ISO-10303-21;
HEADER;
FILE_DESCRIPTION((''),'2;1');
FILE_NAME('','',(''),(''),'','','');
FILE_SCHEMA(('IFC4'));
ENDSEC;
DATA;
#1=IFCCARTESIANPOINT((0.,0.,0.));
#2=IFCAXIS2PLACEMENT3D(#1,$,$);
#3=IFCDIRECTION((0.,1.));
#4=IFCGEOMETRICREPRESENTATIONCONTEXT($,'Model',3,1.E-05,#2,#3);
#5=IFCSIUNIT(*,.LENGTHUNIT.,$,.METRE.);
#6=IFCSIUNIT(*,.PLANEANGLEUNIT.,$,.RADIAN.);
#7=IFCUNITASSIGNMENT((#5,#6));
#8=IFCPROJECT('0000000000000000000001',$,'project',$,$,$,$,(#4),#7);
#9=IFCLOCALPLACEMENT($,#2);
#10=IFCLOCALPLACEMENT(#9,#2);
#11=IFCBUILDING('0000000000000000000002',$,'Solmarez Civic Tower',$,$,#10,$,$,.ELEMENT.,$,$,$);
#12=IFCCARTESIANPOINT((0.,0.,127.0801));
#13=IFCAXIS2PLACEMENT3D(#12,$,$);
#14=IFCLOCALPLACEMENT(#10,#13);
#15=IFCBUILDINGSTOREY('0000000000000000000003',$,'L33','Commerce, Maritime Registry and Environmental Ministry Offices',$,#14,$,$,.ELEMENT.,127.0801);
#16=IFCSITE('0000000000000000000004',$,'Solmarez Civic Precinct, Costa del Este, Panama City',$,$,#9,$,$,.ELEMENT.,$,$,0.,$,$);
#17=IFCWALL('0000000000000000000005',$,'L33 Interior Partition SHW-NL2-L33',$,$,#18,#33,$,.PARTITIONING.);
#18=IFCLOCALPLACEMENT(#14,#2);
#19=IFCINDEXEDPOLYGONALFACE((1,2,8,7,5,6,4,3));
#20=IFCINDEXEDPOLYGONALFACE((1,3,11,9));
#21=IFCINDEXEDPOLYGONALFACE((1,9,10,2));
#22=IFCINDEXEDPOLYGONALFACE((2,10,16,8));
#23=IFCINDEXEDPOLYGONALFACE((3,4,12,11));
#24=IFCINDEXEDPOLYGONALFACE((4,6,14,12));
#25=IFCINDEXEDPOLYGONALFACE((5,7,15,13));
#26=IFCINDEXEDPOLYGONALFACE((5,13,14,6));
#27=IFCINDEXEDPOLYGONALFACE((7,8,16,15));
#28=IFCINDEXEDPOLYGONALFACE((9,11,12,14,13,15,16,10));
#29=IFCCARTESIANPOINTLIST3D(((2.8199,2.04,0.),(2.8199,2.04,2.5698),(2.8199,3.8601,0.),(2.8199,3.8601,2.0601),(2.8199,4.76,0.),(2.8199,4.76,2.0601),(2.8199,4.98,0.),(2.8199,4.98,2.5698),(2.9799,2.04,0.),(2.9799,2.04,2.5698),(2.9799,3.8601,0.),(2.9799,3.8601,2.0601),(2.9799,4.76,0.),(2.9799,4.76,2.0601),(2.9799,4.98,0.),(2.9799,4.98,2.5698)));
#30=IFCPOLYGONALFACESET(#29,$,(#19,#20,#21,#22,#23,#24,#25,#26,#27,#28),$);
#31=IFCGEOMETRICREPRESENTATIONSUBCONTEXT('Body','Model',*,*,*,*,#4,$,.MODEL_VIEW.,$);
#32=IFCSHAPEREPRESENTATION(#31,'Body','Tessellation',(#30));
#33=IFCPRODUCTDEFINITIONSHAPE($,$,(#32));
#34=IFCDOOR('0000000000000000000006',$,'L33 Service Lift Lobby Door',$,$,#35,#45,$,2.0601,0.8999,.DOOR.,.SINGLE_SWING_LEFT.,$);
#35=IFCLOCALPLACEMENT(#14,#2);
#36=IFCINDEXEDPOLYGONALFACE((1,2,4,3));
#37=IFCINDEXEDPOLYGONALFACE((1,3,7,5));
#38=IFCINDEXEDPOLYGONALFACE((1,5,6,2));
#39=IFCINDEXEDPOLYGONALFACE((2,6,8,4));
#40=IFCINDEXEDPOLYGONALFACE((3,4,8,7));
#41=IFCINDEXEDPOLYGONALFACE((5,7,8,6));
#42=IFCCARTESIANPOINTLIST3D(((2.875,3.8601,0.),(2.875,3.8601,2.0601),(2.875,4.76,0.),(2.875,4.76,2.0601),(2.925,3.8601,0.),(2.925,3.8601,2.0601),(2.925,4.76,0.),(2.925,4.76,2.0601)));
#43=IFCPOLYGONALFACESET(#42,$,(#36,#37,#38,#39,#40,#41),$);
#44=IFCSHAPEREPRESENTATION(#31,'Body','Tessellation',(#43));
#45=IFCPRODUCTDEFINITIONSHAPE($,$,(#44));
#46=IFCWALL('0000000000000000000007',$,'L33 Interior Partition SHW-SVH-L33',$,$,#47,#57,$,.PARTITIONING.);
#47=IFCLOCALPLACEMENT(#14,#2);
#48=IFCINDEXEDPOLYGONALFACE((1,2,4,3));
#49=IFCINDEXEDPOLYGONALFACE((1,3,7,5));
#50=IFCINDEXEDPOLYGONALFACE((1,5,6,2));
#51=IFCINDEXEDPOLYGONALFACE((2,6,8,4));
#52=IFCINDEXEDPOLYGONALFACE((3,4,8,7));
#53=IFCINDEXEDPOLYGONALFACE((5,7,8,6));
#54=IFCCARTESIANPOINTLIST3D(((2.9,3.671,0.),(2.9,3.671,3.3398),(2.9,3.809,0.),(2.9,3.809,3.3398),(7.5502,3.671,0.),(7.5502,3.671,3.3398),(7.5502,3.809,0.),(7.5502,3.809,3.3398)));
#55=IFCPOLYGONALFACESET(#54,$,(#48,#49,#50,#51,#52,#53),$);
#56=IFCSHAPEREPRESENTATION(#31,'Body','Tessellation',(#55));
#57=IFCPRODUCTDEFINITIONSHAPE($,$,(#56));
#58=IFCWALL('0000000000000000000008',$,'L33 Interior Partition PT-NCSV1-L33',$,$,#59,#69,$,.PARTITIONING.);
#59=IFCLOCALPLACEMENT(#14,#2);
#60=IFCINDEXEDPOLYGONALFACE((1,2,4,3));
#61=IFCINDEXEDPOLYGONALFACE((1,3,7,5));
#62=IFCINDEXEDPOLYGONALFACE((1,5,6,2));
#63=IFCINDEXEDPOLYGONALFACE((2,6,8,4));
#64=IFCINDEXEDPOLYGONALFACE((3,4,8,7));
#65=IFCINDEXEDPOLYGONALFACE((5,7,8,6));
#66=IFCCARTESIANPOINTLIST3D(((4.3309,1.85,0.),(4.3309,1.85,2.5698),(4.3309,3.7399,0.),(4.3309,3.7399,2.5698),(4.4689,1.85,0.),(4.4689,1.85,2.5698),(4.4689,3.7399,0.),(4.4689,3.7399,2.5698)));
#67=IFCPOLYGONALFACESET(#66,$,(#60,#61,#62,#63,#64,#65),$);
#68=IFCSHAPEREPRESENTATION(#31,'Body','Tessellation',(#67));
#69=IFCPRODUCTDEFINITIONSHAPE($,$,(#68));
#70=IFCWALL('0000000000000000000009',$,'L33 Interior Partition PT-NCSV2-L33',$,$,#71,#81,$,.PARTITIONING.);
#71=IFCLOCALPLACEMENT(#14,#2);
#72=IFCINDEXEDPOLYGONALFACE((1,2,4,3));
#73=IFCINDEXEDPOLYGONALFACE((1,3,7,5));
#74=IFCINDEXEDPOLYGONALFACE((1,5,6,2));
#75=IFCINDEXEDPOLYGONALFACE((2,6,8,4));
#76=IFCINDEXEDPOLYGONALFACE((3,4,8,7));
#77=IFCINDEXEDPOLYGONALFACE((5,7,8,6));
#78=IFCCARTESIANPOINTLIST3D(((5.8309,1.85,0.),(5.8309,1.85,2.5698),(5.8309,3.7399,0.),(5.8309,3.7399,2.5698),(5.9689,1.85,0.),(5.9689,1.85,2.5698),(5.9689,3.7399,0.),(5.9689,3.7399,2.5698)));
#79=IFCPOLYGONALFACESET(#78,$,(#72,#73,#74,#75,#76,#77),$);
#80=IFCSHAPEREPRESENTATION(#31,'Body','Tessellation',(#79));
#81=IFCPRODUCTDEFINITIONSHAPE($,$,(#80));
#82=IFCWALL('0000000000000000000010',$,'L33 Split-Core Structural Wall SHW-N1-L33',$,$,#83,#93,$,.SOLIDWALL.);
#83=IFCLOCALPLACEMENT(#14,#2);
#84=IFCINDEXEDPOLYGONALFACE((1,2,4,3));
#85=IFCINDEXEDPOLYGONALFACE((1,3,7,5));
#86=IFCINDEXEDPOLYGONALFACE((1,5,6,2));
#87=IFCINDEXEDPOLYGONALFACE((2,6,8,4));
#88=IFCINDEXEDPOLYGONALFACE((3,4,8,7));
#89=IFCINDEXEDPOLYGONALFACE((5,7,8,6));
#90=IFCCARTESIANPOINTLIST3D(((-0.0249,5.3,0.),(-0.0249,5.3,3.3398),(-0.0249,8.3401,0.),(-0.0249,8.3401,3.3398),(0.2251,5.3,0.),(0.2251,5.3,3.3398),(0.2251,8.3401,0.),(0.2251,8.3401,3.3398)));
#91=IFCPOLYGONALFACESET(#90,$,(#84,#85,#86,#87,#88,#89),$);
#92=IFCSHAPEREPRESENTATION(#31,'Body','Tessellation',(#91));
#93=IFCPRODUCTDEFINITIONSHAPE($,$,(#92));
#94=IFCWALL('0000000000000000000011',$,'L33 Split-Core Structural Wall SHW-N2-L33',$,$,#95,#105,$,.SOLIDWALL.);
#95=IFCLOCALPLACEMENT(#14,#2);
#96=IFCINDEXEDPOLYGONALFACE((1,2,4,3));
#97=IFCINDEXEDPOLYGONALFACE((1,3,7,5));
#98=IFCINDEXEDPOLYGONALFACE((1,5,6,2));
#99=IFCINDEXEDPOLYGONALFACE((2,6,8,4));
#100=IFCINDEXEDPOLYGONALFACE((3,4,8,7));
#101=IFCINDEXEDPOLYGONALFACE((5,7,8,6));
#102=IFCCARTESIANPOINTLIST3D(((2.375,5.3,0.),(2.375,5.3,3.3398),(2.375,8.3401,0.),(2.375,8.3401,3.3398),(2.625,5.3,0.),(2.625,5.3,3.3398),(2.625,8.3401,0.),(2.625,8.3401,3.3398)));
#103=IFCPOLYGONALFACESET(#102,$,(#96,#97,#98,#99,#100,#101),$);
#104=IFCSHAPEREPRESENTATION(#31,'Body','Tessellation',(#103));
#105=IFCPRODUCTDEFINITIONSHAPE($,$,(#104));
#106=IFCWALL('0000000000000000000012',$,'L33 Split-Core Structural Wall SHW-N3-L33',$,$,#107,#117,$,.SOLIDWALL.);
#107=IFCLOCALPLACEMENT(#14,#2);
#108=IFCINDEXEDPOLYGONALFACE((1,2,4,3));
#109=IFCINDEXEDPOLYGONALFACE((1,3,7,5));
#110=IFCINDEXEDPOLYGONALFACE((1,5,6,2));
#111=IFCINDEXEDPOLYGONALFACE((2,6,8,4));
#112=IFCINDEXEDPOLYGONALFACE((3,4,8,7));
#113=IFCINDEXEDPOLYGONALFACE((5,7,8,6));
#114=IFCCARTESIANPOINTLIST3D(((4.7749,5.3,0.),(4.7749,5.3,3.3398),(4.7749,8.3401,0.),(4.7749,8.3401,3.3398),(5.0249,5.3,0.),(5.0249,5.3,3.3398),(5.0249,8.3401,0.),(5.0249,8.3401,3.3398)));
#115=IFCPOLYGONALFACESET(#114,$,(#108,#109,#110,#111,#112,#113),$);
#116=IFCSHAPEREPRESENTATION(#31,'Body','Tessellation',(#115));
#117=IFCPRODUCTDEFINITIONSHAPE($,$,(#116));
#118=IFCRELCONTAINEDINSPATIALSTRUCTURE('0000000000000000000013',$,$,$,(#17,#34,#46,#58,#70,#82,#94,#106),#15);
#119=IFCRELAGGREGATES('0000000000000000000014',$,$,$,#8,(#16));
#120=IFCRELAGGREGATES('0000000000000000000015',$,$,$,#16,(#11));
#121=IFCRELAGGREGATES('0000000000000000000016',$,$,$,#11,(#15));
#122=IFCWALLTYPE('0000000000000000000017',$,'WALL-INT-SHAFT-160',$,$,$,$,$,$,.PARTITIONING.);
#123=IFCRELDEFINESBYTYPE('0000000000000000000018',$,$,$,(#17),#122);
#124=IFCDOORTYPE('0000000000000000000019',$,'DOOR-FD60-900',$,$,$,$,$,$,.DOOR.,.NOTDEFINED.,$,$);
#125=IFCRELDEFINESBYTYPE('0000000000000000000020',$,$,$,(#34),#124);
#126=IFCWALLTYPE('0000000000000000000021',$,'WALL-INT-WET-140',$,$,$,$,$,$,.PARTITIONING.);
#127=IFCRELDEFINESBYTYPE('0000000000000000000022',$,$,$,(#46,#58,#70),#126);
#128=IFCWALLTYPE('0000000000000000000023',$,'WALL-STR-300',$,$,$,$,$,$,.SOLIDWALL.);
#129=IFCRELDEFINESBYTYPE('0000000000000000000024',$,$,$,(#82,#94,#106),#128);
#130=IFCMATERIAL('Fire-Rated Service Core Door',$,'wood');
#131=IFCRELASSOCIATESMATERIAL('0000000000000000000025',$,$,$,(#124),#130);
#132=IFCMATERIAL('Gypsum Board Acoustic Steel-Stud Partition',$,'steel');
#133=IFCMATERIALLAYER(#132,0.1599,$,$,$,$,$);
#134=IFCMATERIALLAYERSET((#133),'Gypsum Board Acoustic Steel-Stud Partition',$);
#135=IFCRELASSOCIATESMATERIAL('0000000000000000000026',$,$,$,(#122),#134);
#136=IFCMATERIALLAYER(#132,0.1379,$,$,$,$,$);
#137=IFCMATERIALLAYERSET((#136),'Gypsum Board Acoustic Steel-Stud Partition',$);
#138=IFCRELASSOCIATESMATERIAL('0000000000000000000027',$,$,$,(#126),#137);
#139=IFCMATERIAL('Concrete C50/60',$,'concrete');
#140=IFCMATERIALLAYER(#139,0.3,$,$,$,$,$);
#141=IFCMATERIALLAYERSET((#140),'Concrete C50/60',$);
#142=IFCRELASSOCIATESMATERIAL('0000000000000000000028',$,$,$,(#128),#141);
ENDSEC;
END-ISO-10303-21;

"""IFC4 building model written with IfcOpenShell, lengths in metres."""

from ifc_helpers import new_model, si_unit, direction, frame, frame_2d, origin, place, context, subcontext, project, spatial, rectangle, extrude, material, layer, layer_set, type_object, element, fill, save


model = new_model("IFC4")

# Units and contexts
model_context = context("Model", 3, precision=1e-05, world=origin(), true_north=direction((0.0, 1.0)))
body_context = subcontext(model_context, "Body", "Model", "MODEL_VIEW")
ifc_project = project(units=[si_unit("LENGTHUNIT", "METRE"), si_unit("PLANEANGLEUNIT", "RADIAN")], contexts=[model_context])

# Site, building, storey
site_placement = place(None, origin())
site = spatial("IfcSite", under=ifc_project, at=site_placement, Name="Solmarez Civic Precinct, Costa del Este, Panama City", CompositionType="ELEMENT", RefElevation=0.0)
building_placement = place(site_placement, origin())
building = spatial("IfcBuilding", under=site, at=building_placement, Name="Solmarez Civic Tower", CompositionType="ELEMENT")
storey_placement = place(building_placement, frame((0.0, 0.0, 127.0801)))
storey = spatial("IfcBuildingStorey", under=building, at=storey_placement, Name="L33", Description="Commerce, Maritime Registry and Environmental Ministry Offices", CompositionType="ELEMENT", Elevation=127.0801)

# Shared definitions
ifc_material_1 = material(Name="Concrete C50/60", Category="concrete")

# Shared definitions
ifc_material_2 = material(Name="Fire-Rated Service Core Door", Category="wood")
door_type_1 = type_object("IfcDoorType", Name="DOOR-FD60-900", OperationType="NOTDEFINED", PredefinedType="DOOR", material=ifc_material_2)

# Shared definitions
ifc_material_3 = material(Name="Gypsum Board Acoustic Steel-Stud Partition", Category="steel")

# Wall, opening, door
ifc_layer_1 = layer(ifc_material_3, 0.1599)
ifc_layer_set_1 = layer_set([ifc_layer_1], Name="Gypsum Board Acoustic Steel-Stud Partition")
wall_type_1 = type_object("IfcWallType", Name="WALL-INT-SHAFT-160", PredefinedType="PARTITIONING", material=ifc_layer_set_1)
wall_1_placement = place(storey_placement, frame((2.8999, 2.04, 0.0), z_axis=(0.0, 0.0, 1.0), x_axis=(0.0, 1.0, 0.0)))
wall_1 = element("IfcWall", 1, at=wall_1_placement, inside=storey, type_object=wall_type_1, Name="L33 Interior Partition SHW-NL2-L33", PredefinedType="PARTITIONING", context=body_context, shape_type="SweptSolid", body=[
    extrude(rectangle(XDim=2.9399, YDim=0.1599, at=frame_2d((1.47, 0.0))), origin(), (0.0, 0.0, 1.0), 2.5698),
])
opening_1_placement = place(wall_1_placement, frame((1.8201, 0.0, 0.0)))
opening_1 = element("IfcOpeningElement", 2, at=opening_1_placement, cuts=wall_1, PredefinedType="OPENING", context=body_context, shape_type="SweptSolid", body=[
    extrude(rectangle(XDim=0.8999, YDim=2.0601, at=frame_2d((0.45, 1.03))), frame((0.0, 0.0898, 0.0), z_axis=(0.0, -1.0, 0.0), x_axis=(1.0, 0.0, 0.0)), (0.0, 0.0, 1.0), 0.1799),
])
door_1_placement = place(opening_1_placement, origin())
door_1 = element("IfcDoor", 3, at=door_1_placement, inside=storey, type_object=door_type_1, Name="L33 Service Lift Lobby Door", OperationType="SINGLE_SWING_LEFT", OverallHeight=2.0601, OverallWidth=0.8999, PredefinedType="DOOR", context=body_context, shape_type="SweptSolid", body=[
    extrude(rectangle(XDim=0.8999, YDim=2.0601, at=frame_2d((0.45, 1.03))), frame((0.0, 0.0249, 0.0), z_axis=(0.0, -1.0, 0.0), x_axis=(1.0, 0.0, 0.0)), (0.0, 0.0, 1.0), 0.05),
])
fill(opening_1, door_1)

# Walls
ifc_layer_2 = layer(ifc_material_3, 0.1379)
ifc_layer_set_2 = layer_set([ifc_layer_2], Name="Gypsum Board Acoustic Steel-Stud Partition")
wall_type_2 = type_object("IfcWallType", Name="WALL-INT-WET-140", PredefinedType="PARTITIONING", material=ifc_layer_set_2)
wall_2_placement = place(storey_placement, frame((2.8999, 3.74, 0.0), z_axis=(0.0, 0.0, 1.0), x_axis=(1.0, 0.0, 0.0)))
element("IfcWall", 4, at=wall_2_placement, inside=storey, type_object=wall_type_2, Name="L33 Interior Partition SHW-SVH-L33", PredefinedType="PARTITIONING", context=body_context, shape_type="SweptSolid", body=[
    extrude(rectangle(XDim=4.6501, YDim=0.1379, at=frame_2d((2.3252, 0.0))), origin(), (0.0, 0.0, 1.0), 3.3398),
])
for number, where, z_axis, x_axis, name in (
    (5, (4.3999, 1.8501, 0.0), (0.0, 0.0, 1.0), (0.0, 1.0, 0.0), "L33 Interior Partition PT-NCSV1-L33"),
    (6, (5.8999, 1.8501, 0.0), (0.0, 0.0, 1.0), (0.0, 1.0, 0.0), "L33 Interior Partition PT-NCSV2-L33"),
):
    element("IfcWall", number, at=place(storey_placement, frame(where, z_axis=z_axis, x_axis=x_axis)), inside=storey, type_object=wall_type_2, Name=name, PredefinedType="PARTITIONING", context=body_context, shape_type="SweptSolid", body=[
        extrude(rectangle(XDim=1.8899, YDim=0.1379, at=frame_2d((0.9448, 0.0))), origin(), (0.0, 0.0, 1.0), 2.5698),
    ])

# Shared definitions
ifc_layer_3 = layer(ifc_material_1, 0.3)
ifc_layer_set_3 = layer_set([ifc_layer_3], Name="Concrete C50/60")
wall_type_3 = type_object("IfcWallType", Name="WALL-STR-300", PredefinedType="SOLIDWALL", material=ifc_layer_set_3)

# Walls
for number, where, z_axis, x_axis, name in (
    (7, (0.1001, 5.3, 0.0), (0.0, 0.0, 1.0), (0.0, 1.0, 0.0), "L33 Split-Core Structural Wall SHW-N1-L33"),
    (8, (2.5, 5.3, 0.0), (0.0, 0.0, 1.0), (0.0, 1.0, 0.0), "L33 Split-Core Structural Wall SHW-N2-L33"),
    (9, (4.8999, 5.3, 0.0), (0.0, 0.0, 1.0), (0.0, 1.0, 0.0), "L33 Split-Core Structural Wall SHW-N3-L33"),
):
    element("IfcWall", number, at=place(storey_placement, frame(where, z_axis=z_axis, x_axis=x_axis)), inside=storey, type_object=wall_type_3, Name=name, PredefinedType="SOLIDWALL", context=body_context, shape_type="SweptSolid", body=[
        extrude(rectangle(XDim=3.04, YDim=0.25, at=frame_2d((1.52, 0.0))), origin(), (0.0, 0.0, 1.0), 3.3398),
    ])

save(model, "model.ifc")
